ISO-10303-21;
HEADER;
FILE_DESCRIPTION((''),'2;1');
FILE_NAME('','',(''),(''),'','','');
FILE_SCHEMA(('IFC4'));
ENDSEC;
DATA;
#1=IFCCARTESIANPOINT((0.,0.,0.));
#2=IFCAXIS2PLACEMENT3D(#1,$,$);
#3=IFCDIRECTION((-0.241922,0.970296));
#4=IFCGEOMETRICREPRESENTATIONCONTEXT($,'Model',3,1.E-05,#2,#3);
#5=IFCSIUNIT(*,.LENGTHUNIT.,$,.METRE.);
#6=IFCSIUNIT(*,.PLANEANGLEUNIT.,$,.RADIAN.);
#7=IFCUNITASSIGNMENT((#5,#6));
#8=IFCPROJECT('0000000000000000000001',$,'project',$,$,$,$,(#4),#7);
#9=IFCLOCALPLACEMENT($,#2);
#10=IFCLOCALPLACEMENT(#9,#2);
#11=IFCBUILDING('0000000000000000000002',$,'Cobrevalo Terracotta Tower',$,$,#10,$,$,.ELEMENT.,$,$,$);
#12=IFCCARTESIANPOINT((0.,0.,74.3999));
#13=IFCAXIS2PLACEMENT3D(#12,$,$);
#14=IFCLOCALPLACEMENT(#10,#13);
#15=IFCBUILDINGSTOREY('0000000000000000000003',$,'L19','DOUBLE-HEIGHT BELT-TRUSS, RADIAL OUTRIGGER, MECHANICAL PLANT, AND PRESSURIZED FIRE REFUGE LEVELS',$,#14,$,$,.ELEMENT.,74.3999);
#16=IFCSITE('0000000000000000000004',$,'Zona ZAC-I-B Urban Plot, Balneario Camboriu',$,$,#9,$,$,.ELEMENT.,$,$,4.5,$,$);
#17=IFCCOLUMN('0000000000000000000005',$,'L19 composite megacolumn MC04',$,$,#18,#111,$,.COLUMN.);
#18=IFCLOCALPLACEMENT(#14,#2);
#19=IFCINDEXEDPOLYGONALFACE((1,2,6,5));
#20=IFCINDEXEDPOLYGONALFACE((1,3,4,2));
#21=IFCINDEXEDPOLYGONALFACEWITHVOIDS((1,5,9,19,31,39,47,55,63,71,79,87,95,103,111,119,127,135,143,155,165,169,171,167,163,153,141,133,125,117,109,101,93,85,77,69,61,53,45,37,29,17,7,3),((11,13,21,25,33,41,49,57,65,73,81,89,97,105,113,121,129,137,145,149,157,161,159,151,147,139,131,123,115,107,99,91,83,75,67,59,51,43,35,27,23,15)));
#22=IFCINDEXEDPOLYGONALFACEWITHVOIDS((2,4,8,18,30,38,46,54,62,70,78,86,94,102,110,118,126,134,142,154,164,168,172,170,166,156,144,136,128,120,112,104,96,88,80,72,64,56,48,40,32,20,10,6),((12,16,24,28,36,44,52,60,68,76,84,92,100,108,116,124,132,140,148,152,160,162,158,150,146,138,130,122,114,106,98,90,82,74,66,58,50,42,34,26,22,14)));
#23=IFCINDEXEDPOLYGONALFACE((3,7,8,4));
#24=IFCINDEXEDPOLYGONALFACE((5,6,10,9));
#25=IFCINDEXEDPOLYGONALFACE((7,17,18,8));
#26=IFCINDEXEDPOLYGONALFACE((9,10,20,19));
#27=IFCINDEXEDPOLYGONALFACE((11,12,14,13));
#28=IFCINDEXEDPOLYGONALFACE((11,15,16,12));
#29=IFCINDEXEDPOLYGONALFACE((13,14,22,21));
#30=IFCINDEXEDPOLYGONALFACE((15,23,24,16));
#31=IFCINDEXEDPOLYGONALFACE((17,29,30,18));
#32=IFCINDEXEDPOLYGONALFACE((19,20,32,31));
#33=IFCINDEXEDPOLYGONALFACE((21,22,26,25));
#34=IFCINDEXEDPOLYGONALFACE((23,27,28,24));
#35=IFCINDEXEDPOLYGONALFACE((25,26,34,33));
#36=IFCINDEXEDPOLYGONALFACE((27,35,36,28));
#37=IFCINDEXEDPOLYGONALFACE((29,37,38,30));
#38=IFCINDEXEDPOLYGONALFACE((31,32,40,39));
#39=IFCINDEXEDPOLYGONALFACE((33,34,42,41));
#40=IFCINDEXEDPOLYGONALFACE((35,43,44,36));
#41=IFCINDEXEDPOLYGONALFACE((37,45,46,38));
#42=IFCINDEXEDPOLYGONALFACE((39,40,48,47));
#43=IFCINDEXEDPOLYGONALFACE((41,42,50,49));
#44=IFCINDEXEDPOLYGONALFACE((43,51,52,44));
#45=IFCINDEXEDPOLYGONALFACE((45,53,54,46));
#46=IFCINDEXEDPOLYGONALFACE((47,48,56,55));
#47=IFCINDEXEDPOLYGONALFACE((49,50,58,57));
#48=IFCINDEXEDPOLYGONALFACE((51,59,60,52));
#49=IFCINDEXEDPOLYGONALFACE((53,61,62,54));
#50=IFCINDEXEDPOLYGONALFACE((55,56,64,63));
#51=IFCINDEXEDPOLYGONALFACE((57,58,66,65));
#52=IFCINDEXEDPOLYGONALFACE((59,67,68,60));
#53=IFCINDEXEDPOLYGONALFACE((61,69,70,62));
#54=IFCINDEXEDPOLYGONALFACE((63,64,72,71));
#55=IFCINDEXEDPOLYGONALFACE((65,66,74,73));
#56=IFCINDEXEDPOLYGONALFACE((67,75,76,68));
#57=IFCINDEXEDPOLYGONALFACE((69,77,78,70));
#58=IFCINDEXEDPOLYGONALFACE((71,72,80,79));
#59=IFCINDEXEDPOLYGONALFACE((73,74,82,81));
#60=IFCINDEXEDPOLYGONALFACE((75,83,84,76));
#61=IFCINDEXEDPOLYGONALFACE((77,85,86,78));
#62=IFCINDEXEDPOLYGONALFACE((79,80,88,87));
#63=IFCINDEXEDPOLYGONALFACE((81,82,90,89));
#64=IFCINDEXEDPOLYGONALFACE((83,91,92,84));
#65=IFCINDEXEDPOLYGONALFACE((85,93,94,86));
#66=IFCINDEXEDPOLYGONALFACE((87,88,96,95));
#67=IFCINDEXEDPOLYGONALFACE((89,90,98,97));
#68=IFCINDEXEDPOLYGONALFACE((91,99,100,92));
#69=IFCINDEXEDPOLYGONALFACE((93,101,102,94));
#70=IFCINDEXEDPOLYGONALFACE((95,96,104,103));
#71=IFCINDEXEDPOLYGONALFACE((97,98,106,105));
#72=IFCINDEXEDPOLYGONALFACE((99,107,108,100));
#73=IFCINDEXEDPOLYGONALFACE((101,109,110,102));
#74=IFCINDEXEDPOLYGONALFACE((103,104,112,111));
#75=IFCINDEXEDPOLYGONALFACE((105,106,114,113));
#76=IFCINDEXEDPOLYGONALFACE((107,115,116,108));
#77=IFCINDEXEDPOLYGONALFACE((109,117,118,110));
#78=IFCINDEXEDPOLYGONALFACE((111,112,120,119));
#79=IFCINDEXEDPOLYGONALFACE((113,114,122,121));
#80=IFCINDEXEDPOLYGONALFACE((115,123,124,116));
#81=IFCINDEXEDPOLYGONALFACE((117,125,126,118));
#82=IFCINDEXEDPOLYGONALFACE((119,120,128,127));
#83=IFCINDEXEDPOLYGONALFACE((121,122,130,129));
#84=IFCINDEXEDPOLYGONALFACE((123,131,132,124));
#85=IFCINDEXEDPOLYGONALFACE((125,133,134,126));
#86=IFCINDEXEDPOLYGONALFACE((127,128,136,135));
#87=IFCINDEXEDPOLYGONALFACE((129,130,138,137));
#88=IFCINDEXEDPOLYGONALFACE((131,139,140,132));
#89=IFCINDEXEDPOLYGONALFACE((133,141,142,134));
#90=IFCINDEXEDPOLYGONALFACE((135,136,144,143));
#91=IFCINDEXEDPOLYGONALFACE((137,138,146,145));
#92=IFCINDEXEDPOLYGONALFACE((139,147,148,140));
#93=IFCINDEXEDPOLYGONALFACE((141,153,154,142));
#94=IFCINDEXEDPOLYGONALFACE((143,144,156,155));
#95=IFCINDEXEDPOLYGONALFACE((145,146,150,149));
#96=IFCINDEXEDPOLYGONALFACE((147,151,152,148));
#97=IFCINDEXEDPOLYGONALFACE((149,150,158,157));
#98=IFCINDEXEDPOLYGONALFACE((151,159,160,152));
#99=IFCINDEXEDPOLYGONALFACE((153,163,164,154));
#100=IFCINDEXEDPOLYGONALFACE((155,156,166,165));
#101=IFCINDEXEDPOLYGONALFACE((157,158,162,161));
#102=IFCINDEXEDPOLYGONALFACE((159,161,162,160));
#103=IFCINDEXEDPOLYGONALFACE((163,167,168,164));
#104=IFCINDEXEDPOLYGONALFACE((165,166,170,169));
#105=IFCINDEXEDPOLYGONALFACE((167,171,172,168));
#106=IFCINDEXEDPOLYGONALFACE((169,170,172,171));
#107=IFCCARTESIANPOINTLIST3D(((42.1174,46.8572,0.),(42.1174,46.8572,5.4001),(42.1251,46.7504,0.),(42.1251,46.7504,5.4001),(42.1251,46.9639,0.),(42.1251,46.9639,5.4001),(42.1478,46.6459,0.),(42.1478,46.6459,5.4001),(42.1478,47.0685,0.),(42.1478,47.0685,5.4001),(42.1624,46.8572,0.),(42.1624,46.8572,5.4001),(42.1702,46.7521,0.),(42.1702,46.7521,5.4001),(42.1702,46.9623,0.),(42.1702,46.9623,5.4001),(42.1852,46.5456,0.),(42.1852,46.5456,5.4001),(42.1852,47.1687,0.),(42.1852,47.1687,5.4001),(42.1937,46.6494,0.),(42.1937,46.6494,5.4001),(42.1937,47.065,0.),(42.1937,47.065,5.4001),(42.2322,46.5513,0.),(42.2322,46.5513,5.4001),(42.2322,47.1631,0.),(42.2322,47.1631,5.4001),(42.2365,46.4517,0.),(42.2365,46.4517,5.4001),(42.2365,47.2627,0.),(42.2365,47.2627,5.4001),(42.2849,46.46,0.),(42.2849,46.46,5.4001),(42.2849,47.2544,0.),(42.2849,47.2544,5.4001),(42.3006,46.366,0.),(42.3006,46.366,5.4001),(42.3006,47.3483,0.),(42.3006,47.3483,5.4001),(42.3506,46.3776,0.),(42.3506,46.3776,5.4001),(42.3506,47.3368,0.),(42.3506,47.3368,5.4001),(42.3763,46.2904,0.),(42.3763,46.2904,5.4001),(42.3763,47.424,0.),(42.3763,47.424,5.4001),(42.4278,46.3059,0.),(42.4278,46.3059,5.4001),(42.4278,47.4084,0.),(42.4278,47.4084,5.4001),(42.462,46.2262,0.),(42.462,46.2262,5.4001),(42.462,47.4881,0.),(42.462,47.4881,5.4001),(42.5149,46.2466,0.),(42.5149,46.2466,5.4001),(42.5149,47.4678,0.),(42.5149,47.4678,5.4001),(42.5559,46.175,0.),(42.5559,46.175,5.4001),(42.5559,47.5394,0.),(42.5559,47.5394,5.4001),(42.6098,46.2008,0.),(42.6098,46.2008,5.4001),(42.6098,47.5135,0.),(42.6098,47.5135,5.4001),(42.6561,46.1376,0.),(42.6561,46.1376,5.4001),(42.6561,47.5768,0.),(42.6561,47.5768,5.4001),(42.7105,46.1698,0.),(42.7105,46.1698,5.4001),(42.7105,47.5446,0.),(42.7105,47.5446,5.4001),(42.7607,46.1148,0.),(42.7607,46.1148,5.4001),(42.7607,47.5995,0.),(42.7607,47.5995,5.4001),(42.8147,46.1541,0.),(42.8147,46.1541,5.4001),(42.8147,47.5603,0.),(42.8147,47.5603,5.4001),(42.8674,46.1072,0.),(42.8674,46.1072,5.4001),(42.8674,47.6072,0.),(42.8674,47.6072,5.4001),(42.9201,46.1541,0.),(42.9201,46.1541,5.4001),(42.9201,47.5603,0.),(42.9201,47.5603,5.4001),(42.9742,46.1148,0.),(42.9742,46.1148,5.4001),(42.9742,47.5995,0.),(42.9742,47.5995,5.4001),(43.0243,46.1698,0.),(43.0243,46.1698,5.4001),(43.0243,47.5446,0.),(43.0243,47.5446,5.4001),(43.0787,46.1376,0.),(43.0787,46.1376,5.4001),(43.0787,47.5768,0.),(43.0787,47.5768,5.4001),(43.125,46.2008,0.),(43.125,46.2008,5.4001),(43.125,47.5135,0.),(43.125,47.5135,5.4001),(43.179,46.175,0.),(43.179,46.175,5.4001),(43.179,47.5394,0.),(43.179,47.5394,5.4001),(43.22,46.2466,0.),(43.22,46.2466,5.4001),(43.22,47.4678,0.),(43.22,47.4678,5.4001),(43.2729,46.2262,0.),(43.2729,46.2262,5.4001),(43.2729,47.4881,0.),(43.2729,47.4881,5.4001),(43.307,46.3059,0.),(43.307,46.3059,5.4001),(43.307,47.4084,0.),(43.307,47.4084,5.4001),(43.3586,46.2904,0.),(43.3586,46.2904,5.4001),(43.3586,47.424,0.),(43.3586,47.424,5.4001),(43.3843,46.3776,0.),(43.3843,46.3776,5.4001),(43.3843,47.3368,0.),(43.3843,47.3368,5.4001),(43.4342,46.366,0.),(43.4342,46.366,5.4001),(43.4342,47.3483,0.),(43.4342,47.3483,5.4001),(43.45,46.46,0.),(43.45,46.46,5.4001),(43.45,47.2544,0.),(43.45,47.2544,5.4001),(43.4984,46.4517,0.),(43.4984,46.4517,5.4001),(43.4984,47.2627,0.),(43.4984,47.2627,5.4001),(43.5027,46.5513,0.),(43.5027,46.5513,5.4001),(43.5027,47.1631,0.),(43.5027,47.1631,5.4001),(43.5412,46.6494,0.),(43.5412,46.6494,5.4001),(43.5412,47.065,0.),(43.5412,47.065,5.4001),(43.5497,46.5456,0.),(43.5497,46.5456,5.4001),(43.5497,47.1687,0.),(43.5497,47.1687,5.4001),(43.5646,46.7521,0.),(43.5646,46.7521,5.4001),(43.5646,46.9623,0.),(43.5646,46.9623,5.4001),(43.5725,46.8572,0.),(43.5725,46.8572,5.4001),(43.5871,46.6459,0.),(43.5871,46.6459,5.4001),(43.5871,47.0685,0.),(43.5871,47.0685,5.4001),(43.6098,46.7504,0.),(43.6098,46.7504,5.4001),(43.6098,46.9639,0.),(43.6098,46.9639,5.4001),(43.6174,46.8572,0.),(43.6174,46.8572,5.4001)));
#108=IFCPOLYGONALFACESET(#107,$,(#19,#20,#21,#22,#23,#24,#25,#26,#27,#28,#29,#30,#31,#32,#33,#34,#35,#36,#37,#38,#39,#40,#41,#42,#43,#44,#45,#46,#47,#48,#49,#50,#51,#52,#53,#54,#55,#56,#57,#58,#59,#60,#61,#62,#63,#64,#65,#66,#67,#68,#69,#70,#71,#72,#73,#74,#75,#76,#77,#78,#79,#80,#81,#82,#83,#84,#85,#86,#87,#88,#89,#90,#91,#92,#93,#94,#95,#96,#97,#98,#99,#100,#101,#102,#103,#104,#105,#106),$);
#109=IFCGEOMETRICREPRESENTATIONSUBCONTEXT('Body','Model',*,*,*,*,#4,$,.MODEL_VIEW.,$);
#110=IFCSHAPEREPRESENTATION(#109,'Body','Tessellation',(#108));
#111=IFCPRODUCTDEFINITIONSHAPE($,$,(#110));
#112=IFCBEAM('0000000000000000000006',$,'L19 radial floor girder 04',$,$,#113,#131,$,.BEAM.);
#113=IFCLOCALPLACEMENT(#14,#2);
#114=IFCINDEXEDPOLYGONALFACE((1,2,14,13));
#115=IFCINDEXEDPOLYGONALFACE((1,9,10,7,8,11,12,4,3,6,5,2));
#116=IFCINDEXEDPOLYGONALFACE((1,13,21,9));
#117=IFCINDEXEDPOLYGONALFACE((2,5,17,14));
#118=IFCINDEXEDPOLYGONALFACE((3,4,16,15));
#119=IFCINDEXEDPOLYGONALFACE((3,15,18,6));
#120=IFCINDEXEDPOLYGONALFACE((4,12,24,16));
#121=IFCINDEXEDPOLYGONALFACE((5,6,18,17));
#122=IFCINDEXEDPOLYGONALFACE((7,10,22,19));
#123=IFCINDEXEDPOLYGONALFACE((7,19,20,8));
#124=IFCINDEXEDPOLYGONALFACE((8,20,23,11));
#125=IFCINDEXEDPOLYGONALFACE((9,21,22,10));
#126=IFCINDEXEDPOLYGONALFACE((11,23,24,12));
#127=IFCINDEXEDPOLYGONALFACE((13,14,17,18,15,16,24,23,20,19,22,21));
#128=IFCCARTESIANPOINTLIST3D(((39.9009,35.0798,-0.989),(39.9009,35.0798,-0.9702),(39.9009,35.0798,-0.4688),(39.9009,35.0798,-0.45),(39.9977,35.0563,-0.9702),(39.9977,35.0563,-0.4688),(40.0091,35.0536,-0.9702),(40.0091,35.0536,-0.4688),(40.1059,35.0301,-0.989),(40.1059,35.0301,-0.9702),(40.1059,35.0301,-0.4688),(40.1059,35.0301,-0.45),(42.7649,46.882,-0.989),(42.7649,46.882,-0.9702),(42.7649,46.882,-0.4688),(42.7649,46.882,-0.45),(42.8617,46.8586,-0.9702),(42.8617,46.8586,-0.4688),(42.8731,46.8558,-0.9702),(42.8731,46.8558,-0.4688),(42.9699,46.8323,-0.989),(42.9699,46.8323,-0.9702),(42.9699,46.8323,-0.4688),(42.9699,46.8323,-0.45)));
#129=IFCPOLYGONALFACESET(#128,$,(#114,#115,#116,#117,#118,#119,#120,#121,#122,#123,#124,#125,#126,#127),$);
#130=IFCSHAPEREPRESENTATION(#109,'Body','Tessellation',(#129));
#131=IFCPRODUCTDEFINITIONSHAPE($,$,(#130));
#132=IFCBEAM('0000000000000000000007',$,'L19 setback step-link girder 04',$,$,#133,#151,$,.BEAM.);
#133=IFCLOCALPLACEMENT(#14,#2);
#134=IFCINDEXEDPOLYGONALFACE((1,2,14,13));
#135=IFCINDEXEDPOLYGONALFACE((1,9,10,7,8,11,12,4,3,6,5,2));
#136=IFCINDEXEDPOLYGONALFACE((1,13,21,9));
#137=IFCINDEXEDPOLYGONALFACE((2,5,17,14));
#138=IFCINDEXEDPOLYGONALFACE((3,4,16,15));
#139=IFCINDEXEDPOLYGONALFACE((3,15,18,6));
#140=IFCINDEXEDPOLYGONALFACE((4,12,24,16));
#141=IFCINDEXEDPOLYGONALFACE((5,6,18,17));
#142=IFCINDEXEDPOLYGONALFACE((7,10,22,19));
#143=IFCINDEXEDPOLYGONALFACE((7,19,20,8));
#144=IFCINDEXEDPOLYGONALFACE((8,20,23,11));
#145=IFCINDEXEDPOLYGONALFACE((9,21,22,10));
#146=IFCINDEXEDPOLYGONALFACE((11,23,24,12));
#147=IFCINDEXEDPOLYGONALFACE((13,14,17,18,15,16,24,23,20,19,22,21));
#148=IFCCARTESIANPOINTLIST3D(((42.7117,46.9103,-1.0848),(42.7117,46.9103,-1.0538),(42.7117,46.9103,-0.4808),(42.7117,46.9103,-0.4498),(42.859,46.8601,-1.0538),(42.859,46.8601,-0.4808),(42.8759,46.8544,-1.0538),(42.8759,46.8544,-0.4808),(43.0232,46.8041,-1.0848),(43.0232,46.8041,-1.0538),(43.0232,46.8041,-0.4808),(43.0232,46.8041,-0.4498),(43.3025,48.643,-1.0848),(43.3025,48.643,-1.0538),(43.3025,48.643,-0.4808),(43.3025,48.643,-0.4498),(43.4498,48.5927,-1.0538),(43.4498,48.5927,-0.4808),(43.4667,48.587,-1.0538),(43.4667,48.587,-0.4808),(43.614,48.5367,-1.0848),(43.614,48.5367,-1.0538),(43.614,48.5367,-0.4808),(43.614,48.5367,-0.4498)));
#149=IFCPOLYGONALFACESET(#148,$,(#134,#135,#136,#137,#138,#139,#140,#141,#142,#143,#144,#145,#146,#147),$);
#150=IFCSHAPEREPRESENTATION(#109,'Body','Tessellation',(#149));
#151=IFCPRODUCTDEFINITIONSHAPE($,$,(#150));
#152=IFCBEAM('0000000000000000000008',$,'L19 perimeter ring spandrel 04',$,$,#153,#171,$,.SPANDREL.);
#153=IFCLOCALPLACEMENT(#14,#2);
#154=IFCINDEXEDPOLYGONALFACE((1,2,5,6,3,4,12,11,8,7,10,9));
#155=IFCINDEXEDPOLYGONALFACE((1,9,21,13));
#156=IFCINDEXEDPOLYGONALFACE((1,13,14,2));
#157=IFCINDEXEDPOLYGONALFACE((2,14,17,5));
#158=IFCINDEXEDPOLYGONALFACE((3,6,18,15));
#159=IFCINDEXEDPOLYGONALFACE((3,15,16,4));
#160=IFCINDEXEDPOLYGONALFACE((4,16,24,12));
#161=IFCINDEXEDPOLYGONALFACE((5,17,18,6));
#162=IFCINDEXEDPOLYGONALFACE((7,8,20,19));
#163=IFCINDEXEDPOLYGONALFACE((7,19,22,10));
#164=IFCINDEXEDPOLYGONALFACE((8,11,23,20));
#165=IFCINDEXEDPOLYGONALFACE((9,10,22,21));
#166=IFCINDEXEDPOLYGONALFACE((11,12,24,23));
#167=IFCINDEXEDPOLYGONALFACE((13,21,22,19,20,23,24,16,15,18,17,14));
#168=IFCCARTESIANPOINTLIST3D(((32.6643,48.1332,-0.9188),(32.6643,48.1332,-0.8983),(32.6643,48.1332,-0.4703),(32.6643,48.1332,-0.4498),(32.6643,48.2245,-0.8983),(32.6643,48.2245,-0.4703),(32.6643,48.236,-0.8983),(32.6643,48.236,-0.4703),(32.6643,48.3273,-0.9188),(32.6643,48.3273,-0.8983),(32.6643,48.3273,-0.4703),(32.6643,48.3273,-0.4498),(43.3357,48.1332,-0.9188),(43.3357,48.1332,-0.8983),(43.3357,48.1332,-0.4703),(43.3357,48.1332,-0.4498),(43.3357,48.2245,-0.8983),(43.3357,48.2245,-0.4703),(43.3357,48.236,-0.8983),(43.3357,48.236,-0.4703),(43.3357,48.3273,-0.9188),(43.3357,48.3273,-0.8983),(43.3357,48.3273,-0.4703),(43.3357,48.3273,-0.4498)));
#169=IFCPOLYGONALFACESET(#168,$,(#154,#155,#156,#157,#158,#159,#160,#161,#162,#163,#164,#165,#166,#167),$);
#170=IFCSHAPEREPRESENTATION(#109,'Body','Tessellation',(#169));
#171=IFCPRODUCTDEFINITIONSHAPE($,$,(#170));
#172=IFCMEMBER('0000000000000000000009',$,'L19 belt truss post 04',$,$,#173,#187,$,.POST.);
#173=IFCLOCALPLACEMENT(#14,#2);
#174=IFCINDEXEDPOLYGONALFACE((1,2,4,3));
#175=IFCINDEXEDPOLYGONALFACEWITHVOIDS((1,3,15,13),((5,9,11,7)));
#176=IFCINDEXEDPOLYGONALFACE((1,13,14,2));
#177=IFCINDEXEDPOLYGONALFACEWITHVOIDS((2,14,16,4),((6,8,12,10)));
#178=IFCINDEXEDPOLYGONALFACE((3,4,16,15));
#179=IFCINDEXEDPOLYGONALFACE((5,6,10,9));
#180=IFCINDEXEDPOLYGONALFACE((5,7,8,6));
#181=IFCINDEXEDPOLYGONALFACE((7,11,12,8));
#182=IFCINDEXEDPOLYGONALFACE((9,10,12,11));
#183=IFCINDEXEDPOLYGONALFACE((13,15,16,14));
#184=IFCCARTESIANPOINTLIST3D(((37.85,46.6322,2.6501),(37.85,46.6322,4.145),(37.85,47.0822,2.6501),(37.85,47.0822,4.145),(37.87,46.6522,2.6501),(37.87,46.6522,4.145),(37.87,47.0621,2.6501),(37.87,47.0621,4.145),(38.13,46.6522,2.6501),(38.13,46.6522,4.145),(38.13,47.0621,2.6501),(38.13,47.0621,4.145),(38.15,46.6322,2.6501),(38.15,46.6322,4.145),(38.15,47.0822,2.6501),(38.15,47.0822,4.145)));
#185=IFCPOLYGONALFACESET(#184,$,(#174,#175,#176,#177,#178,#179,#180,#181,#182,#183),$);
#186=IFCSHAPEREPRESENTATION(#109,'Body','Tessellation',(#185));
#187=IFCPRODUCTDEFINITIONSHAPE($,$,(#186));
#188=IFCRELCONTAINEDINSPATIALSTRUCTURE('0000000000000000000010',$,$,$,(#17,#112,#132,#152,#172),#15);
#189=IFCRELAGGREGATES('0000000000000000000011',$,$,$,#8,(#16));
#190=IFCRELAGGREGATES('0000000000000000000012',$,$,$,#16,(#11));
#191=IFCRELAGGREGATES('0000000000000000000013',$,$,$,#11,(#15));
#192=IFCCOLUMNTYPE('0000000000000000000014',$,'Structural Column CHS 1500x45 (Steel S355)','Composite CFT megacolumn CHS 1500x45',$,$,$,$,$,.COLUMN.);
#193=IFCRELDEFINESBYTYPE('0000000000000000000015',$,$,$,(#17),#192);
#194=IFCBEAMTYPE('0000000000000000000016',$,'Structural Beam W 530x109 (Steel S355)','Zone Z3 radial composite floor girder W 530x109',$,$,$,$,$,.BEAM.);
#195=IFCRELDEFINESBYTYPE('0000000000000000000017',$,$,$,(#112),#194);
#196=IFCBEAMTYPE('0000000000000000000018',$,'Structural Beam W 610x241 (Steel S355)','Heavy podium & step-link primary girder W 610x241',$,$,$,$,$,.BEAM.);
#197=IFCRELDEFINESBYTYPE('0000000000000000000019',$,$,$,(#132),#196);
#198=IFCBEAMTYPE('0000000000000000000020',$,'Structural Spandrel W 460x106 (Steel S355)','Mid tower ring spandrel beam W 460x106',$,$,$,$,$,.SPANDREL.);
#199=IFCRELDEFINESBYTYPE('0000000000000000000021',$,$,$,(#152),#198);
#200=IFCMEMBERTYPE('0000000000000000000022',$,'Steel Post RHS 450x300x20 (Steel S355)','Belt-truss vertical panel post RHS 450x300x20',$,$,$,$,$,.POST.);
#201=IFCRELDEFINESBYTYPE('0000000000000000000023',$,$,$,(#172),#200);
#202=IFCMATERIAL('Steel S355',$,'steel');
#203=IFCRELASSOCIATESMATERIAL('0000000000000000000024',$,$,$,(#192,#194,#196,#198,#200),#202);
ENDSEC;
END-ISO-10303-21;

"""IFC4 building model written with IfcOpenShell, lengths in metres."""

from ifc_helpers import new_model, si_unit, direction, frame, origin, origin_2d, place, context, subcontext, project, spatial, hollow_rectangle, hollow_circle, i_section, extrude, source, transform, mapped, material, material_profile, profile_set, type_object, element, save


model = new_model("IFC4")

# Units and contexts
model_context = context("Model", 3, precision=1e-05, world=origin(), true_north=direction((-0.241922, 0.970296)))
body_context = subcontext(model_context, "Body", "Model", "MODEL_VIEW")
ifc_project = project(units=[si_unit("LENGTHUNIT", "METRE"), si_unit("PLANEANGLEUNIT", "RADIAN")], contexts=[model_context])

# Site, building, storey
site_placement = place(None, origin())
site = spatial("IfcSite", under=ifc_project, at=site_placement, Name="Zona ZAC-I-B Urban Plot, Balneario Camboriu", CompositionType="ELEMENT", RefElevation=4.5)
building_placement = place(site_placement, origin())
building = spatial("IfcBuilding", under=site, at=building_placement, Name="Cobrevalo Terracotta Tower", CompositionType="ELEMENT")
storey_placement = place(building_placement, frame((0.0, 0.0, 74.3999)))
storey = spatial("IfcBuildingStorey", under=building, at=storey_placement, Name="L19", Description="DOUBLE-HEIGHT BELT-TRUSS, RADIAL OUTRIGGER, MECHANICAL PLANT, AND PRESSURIZED FIRE REFUGE LEVELS", CompositionType="ELEMENT", Elevation=74.3999)

# Column
ifc_material_1 = material(Name="Steel S355", Category="steel")
ifc_material_profile_1 = material_profile(ifc_material_1, hollow_circle(Radius=0.75, WallThickness=0.0449, at=origin_2d()), Name="CHS 1500x45")
ifc_profile_set_1 = profile_set([ifc_material_profile_1], Name="Steel S355")
column_type = type_object("IfcColumnType", Name="Structural Column CHS 1500x45 (Steel S355)", Description="Composite CFT megacolumn CHS 1500x45", PredefinedType="COLUMN", material=ifc_profile_set_1)
column_placement = place(storey_placement, frame((42.8674, 46.8572, 0.0), z_axis=(0.0, 0.0, 1.0), x_axis=(1.0, 0.0, 0.0)))
element("IfcColumn", 1, at=column_placement, inside=storey, type_object=column_type, Name="L19 composite megacolumn MC04", PredefinedType="COLUMN", context=body_context, shape_type="SweptSolid", body=[
    extrude(hollow_circle(Radius=0.75, WallThickness=0.0449, at=origin_2d()), origin(), (0.0, 0.0, 1.0), 5.4001),
])

# Beams
ifc_material_profile_2 = material_profile(ifc_material_1, i_section(OverallWidth=0.2109, OverallDepth=0.5391, WebThickness=0.0117, FlangeThickness=0.0188, at=origin_2d()), Name="W 530x109")
ifc_profile_set_2 = profile_set([ifc_material_profile_2], Name="Steel S355")
beam_type_1 = type_object("IfcBeamType", Name="Structural Beam W 530x109 (Steel S355)", Description="Zone Z3 radial composite floor girder W 530x109", PredefinedType="BEAM", material=ifc_profile_set_2)
beam_1_placement = place(storey_placement, frame((42.8674, 46.8572, -0.7195), z_axis=(-0.235823, -0.971796, 0.0), x_axis=(0.971796, -0.235823, 0.0)))
element("IfcBeam", 2, at=beam_1_placement, inside=storey, type_object=beam_type_1, Name="L19 radial floor girder 04", PredefinedType="BEAM", context=body_context, shape_type="SweptSolid", body=[
    extrude(i_section(OverallWidth=0.2109, OverallDepth=0.5391, WebThickness=0.0117, FlangeThickness=0.0188, at=origin_2d()), origin(), (0.0, 0.0, 1.0), 12.1448),
])
ifc_material_profile_3 = material_profile(ifc_material_1, i_section(OverallWidth=0.3291, OverallDepth=0.635, WebThickness=0.0178, FlangeThickness=0.031, at=origin_2d()), Name="W 610x241")
ifc_profile_set_3 = profile_set([ifc_material_profile_3], Name="Steel S355")
beam_type_2 = type_object("IfcBeamType", Name="Structural Beam W 610x241 (Steel S355)", Description="Heavy podium & step-link primary girder W 610x241", PredefinedType="BEAM", material=ifc_profile_set_3)
beam_2_placement = place(storey_placement, frame((43.4583, 48.5898, -0.7673), z_axis=(-0.322742, -0.946487, 0.0), x_axis=(0.946487, -0.322742, 0.0)))
element("IfcBeam", 3, at=beam_2_placement, inside=storey, type_object=beam_type_2, Name="L19 setback step-link girder 04", PredefinedType="BEAM", context=body_context, shape_type="SweptSolid", body=[
    extrude(i_section(OverallWidth=0.3291, OverallDepth=0.635, WebThickness=0.0178, FlangeThickness=0.031, at=origin_2d()), origin(), (0.0, 0.0, 1.0), 1.8306),
])
ifc_material_profile_4 = material_profile(ifc_material_1, i_section(OverallWidth=0.1941, OverallDepth=0.469, WebThickness=0.0115, FlangeThickness=0.0205, at=origin_2d()), Name="W 460x106")
ifc_profile_set_4 = profile_set([ifc_material_profile_4], Name="Steel S355")
beam_type_3 = type_object("IfcBeamType", Name="Structural Spandrel W 460x106 (Steel S355)", Description="Mid tower ring spandrel beam W 460x106", PredefinedType="SPANDREL", material=ifc_profile_set_4)
beam_3_placement = place(storey_placement, frame((43.3357, 48.2302, -0.6843), z_axis=(-1.0, 0.0, 0.0), x_axis=(0.0, -1.0, 0.0)))
element("IfcBeam", 4, at=beam_3_placement, inside=storey, type_object=beam_type_3, Name="L19 perimeter ring spandrel 04", PredefinedType="SPANDREL", context=body_context, shape_type="SweptSolid", body=[
    extrude(i_section(OverallWidth=0.1941, OverallDepth=0.469, WebThickness=0.0115, FlangeThickness=0.0205, at=origin_2d()), origin(), (0.0, 0.0, 1.0), 10.6714),
])

# Member
ifc_material_profile_5 = material_profile(ifc_material_1, hollow_rectangle(XDim=0.3, YDim=0.45, WallThickness=0.02, at=origin_2d()), Name="RHS 450x300x20")
ifc_profile_set_5 = profile_set([ifc_material_profile_5], Name="Steel S355")
member_type_1 = type_object("IfcMemberType", Name="Steel Post RHS 450x300x20 (Steel S355)", Description="Belt-truss vertical panel post RHS 450x300x20", PredefinedType="POST", material=ifc_profile_set_5)
shared_shape_1 = source(origin(), body_context, "Body", "SweptSolid", [
    extrude(hollow_rectangle(XDim=0.3, YDim=0.45, WallThickness=0.02, at=origin_2d()), origin(), (0.0, 0.0, 1.0), 1.4949),
])
member_1_placement = place(storey_placement, frame((38.0, 46.8572, 2.6501), z_axis=(0.0, 0.0, 1.0), x_axis=(1.0, 0.0, 0.0)))
element("IfcMember", 5, at=member_1_placement, inside=storey, type_object=member_type_1, Name="L19 belt truss post 04", PredefinedType="POST", context=body_context, shape_type="MappedRepresentation", body=[
    mapped(shared_shape_1, transform((0.0, 0.0, 0.0), scale=1.0)),
])

save(model, "model.ifc")
